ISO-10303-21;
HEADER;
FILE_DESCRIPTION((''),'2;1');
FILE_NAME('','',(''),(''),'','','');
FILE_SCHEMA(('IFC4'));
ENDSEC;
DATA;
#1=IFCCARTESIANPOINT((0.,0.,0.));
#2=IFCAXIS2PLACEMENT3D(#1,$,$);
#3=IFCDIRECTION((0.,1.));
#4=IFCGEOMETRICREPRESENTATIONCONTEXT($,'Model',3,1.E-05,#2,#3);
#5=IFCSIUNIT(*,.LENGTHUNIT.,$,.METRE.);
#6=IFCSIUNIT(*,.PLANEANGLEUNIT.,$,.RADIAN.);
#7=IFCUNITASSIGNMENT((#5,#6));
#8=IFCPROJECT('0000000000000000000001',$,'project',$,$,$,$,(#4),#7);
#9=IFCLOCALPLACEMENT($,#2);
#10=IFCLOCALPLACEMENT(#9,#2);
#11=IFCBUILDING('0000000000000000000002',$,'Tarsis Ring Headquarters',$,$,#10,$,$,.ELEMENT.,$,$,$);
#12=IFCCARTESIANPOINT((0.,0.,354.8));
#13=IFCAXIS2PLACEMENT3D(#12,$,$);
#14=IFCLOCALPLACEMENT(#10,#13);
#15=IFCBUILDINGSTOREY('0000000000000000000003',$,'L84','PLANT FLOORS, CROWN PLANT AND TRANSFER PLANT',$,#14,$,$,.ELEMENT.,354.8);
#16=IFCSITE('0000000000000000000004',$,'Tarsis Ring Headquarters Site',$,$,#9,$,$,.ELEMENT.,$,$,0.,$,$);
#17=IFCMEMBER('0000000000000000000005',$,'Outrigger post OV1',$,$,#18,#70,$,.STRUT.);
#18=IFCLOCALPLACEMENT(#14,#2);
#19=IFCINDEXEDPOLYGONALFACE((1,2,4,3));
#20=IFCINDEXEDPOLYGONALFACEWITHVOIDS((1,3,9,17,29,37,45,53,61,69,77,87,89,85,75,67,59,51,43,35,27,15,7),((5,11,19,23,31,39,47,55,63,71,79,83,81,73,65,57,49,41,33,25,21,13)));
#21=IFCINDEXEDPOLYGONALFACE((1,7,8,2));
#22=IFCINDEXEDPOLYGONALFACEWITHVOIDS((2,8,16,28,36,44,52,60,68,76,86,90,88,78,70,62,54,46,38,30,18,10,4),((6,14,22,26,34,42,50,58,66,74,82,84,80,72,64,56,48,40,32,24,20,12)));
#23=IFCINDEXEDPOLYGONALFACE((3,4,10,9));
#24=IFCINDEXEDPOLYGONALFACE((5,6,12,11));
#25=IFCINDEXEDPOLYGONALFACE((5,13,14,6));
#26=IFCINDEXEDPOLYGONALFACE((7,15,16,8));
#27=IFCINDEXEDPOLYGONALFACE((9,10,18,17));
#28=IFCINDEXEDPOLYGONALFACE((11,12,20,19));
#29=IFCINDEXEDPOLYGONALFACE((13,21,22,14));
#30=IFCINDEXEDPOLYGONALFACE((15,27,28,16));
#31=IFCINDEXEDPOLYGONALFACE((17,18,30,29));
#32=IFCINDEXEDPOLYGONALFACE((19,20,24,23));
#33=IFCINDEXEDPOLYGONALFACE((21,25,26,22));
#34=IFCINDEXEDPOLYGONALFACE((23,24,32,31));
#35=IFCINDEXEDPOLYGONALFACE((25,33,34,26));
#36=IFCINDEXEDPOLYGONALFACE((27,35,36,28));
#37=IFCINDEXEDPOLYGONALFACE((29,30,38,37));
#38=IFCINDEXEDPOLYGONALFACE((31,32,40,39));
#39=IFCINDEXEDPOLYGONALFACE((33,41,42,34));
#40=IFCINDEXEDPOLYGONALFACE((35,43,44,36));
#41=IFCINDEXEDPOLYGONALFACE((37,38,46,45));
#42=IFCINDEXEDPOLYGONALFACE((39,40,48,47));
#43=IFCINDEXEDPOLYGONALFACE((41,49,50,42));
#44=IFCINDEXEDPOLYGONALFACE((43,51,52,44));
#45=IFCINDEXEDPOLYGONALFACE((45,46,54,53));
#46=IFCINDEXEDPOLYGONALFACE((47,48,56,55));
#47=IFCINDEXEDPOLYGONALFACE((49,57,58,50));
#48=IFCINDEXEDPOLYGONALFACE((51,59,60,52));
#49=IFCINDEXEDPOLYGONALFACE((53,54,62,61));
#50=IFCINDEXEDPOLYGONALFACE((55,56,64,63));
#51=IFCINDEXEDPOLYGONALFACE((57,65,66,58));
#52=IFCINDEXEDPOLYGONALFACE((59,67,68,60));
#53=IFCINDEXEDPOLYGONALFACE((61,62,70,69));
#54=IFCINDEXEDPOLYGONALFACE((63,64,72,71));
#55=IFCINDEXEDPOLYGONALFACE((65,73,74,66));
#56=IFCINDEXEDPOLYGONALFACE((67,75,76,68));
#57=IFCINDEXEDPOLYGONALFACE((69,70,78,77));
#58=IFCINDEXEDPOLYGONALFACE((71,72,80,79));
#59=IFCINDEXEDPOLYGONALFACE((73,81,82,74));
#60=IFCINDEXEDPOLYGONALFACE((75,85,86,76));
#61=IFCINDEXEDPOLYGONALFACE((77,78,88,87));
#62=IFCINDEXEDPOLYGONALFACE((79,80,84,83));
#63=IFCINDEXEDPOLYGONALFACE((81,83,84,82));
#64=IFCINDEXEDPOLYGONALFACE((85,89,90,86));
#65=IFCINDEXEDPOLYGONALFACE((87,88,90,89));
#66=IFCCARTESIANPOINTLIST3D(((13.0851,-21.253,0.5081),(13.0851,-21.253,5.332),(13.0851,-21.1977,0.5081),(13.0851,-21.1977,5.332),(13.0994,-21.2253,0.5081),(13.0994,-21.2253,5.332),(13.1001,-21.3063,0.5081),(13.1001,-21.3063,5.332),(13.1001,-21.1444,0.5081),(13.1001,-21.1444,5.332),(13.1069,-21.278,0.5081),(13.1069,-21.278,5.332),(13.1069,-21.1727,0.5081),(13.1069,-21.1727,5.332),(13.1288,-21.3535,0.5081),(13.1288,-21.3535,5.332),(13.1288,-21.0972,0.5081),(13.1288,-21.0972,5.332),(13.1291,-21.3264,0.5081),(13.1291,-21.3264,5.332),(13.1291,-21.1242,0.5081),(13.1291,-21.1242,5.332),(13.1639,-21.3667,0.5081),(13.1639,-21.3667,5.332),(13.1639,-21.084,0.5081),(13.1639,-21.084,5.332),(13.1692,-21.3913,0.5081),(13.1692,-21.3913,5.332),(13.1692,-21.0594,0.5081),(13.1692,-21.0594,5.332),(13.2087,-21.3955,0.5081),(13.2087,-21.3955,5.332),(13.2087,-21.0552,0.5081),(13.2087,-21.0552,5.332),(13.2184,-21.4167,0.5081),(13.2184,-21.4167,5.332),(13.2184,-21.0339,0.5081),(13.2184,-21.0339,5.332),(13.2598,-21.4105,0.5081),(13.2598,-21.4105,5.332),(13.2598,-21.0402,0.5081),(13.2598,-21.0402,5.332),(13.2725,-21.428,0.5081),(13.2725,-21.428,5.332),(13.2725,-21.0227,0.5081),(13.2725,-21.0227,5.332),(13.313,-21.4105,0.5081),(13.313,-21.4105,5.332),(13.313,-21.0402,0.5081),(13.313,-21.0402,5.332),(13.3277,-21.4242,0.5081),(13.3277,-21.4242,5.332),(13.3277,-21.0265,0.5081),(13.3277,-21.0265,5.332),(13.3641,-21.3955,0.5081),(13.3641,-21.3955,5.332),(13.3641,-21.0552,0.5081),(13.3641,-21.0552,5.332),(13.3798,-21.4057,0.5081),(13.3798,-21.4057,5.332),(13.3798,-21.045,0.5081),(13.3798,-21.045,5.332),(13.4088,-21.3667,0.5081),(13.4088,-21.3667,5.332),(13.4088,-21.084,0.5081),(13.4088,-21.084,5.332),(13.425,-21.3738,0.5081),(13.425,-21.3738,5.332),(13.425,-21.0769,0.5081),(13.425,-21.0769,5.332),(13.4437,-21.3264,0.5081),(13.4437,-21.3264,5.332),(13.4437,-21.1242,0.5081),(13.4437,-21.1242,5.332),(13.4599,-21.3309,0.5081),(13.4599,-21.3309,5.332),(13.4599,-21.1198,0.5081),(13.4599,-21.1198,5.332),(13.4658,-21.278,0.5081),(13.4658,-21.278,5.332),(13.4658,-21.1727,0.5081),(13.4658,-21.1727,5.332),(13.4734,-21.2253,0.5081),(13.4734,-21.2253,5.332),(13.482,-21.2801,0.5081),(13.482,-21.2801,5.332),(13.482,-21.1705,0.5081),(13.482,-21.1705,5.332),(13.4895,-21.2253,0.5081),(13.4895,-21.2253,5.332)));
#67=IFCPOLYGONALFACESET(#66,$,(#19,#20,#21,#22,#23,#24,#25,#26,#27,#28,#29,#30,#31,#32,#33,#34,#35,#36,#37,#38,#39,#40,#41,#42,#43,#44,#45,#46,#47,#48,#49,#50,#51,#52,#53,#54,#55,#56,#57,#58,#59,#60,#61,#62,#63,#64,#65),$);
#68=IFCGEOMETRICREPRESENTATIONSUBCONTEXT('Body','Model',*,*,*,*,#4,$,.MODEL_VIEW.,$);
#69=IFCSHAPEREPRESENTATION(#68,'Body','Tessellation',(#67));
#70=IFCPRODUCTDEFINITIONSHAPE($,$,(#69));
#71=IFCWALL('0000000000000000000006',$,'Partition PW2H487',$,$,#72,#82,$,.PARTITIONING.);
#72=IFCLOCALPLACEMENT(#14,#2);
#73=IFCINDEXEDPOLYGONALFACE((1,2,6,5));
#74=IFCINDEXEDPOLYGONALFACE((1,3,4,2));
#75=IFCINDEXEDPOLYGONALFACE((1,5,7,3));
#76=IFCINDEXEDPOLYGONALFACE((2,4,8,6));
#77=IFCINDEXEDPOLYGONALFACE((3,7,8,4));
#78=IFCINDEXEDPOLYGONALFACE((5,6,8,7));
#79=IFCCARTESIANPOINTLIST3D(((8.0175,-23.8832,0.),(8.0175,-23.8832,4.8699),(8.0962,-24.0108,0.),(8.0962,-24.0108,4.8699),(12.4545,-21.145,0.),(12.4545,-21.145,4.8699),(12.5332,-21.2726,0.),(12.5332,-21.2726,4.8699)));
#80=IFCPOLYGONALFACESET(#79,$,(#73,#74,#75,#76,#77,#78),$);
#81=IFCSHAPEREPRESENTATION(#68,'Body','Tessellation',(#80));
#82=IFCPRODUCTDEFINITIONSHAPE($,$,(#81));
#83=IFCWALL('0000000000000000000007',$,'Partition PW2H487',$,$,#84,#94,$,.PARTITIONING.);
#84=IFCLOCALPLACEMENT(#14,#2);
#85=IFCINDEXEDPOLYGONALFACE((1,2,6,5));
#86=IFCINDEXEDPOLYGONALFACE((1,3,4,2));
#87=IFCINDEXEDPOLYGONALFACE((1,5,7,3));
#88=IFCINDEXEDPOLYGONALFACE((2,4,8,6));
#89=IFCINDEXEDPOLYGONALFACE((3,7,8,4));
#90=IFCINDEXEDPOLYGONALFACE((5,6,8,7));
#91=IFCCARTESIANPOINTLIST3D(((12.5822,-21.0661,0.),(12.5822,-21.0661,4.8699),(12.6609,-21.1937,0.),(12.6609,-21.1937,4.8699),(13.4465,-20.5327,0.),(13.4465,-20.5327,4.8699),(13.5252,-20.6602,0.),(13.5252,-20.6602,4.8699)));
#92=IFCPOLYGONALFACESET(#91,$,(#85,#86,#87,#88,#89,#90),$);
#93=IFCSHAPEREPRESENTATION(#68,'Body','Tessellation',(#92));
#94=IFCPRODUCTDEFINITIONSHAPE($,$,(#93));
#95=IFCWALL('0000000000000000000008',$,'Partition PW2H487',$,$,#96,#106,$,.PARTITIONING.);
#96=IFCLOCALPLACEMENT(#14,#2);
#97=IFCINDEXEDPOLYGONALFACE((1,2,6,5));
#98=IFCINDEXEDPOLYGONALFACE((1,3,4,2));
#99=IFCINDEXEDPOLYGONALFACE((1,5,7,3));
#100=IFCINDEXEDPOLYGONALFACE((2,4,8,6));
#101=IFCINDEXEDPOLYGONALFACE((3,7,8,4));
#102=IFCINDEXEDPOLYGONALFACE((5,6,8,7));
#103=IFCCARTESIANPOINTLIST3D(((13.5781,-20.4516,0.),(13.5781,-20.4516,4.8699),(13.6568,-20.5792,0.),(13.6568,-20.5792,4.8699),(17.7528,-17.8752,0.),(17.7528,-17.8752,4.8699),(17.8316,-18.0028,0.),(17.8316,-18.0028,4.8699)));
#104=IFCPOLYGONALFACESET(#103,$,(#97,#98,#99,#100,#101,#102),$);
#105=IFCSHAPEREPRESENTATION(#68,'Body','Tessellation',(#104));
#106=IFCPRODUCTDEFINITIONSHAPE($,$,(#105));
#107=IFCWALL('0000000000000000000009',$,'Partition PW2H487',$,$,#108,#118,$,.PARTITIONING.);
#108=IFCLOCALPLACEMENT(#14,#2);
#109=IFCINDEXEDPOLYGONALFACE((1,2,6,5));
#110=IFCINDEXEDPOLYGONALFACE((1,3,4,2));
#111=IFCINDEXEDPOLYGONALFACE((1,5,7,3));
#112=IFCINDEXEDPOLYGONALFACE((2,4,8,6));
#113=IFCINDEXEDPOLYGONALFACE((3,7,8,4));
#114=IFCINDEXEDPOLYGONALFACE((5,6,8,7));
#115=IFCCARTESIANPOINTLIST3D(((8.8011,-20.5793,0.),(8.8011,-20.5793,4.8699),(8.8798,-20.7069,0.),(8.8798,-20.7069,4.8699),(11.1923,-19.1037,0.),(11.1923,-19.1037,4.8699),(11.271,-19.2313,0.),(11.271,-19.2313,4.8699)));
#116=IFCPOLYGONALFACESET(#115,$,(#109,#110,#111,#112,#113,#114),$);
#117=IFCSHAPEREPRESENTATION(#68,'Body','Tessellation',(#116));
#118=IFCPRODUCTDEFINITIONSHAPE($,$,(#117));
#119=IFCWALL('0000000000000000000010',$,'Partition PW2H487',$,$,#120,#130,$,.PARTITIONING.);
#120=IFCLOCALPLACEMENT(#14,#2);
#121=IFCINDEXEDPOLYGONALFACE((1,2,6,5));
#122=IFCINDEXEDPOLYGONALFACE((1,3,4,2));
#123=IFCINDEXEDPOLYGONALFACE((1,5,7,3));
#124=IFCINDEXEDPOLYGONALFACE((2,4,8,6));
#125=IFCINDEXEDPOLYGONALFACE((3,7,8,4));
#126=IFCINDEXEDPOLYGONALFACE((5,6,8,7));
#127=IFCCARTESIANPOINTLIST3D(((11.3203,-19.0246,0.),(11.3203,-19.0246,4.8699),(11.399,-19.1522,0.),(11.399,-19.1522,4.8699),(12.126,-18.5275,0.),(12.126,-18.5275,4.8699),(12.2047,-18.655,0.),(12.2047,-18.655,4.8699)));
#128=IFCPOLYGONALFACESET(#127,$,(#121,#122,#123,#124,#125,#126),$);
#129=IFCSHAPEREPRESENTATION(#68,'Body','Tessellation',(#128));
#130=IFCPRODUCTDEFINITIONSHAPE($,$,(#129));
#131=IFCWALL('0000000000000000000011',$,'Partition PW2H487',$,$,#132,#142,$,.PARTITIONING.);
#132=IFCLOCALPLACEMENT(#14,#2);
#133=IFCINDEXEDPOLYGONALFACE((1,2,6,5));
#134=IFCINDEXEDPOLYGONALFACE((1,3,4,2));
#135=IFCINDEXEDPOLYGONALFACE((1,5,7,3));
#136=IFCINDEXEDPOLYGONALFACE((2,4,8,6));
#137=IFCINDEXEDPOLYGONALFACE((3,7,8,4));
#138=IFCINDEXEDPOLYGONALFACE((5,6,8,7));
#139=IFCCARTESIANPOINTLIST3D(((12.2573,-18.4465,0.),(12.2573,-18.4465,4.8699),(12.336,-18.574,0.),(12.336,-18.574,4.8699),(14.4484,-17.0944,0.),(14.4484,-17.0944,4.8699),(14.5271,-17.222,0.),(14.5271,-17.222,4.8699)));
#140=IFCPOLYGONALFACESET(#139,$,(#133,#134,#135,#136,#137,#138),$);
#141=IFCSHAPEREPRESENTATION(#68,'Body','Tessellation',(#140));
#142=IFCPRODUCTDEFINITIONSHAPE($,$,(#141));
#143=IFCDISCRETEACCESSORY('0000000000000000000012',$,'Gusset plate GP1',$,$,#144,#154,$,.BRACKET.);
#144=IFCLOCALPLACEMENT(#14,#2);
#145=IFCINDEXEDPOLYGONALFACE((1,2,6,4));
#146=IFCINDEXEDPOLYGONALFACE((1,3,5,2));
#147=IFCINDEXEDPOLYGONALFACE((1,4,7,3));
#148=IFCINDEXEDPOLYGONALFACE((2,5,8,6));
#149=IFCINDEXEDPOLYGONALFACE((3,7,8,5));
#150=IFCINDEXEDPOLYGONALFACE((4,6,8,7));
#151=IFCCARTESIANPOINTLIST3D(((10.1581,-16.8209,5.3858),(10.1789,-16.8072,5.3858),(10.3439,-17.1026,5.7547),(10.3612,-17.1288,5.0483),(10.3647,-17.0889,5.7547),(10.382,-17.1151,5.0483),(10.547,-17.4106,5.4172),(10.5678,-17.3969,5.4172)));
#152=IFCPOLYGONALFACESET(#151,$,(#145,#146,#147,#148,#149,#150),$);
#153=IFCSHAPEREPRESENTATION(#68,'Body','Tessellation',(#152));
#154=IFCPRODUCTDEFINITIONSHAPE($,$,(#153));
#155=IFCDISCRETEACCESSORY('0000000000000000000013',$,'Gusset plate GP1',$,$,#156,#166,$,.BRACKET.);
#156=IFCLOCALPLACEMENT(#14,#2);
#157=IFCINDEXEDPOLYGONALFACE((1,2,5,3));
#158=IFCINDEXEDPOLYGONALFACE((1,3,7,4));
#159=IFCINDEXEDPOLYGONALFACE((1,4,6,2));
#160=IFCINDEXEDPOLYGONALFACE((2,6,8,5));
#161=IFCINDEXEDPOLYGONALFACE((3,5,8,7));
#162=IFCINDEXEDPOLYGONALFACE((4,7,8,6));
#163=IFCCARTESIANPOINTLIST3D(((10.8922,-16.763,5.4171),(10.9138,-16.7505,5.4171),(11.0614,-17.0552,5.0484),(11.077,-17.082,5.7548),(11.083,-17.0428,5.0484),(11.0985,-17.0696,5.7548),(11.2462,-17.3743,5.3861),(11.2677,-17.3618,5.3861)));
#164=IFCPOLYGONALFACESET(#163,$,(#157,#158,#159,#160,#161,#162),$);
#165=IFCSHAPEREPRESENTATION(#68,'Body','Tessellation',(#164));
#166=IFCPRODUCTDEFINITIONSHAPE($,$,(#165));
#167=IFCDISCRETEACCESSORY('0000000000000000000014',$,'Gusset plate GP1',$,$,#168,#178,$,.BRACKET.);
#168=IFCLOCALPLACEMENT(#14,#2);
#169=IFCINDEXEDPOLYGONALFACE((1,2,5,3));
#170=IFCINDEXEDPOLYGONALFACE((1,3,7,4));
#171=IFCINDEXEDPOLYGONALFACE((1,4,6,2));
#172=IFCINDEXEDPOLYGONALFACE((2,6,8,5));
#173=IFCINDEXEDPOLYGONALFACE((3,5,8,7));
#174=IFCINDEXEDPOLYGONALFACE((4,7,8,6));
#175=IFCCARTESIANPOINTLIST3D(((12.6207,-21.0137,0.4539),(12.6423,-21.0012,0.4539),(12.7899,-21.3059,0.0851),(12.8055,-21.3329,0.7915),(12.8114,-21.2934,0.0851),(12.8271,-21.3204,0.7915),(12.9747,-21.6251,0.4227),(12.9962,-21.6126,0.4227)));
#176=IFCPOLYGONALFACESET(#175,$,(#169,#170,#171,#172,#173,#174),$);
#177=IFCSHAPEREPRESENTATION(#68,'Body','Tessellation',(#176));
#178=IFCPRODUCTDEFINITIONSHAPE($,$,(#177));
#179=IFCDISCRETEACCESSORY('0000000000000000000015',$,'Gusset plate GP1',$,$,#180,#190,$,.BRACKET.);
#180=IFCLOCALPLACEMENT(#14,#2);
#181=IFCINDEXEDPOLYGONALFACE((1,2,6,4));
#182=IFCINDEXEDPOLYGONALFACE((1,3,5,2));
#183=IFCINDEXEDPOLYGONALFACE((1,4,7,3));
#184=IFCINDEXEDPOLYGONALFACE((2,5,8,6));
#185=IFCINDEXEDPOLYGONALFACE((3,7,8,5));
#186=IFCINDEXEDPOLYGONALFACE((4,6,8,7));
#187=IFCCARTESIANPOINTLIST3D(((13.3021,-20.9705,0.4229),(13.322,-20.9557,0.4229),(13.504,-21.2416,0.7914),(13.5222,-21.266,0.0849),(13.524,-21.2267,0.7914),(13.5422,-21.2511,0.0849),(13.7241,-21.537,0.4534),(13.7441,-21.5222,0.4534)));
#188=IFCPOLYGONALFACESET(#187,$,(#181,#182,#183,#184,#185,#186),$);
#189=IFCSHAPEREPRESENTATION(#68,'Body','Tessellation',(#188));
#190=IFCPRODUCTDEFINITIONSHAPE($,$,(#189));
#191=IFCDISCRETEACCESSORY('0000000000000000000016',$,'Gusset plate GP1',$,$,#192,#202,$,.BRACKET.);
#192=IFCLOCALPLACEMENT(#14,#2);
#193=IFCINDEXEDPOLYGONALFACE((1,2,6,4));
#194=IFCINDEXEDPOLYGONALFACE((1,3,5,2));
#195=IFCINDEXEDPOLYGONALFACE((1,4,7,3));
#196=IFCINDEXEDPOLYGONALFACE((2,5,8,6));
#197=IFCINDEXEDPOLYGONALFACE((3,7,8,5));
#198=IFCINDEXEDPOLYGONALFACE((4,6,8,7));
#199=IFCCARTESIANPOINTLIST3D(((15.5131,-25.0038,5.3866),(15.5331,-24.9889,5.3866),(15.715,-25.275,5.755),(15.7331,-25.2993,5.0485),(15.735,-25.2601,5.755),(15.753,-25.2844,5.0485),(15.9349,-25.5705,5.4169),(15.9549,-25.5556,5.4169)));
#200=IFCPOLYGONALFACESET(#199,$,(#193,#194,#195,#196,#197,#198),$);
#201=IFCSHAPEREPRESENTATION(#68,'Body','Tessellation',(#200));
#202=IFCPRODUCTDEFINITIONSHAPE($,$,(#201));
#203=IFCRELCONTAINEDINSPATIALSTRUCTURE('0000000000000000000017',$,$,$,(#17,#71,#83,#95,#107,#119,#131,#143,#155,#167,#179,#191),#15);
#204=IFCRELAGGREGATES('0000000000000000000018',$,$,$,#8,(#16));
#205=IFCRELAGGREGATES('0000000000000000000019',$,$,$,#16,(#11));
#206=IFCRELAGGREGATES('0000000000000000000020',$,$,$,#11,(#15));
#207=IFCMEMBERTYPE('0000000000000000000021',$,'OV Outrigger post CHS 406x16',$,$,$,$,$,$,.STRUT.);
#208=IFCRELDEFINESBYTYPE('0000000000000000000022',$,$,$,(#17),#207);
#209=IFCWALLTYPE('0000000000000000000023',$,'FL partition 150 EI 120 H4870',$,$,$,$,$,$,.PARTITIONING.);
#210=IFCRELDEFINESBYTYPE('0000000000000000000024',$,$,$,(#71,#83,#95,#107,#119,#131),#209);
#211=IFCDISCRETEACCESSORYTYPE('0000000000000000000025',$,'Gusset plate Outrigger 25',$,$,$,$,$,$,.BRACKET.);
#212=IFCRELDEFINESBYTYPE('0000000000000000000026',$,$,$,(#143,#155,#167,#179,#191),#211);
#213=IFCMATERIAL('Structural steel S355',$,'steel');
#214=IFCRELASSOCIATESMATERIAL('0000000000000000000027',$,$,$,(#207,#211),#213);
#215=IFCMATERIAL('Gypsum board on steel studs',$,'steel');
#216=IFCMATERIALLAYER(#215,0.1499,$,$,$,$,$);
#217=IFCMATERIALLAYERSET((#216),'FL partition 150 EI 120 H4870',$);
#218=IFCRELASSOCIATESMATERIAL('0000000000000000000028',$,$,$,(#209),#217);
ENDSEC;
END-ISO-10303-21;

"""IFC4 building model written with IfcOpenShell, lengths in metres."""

from ifc_helpers import new_model, si_unit, direction, frame, frame_2d, origin, origin_2d, place, context, subcontext, project, spatial, rectangle, hollow_circle, extrude, material, layer, layer_set, material_profile, profile_set, type_object, element, save


model = new_model("IFC4")

# Units and contexts
model_context = context("Model", 3, precision=1e-05, world=origin(), true_north=direction((0.0, 1.0)))
body_context = subcontext(model_context, "Body", "Model", "MODEL_VIEW")
ifc_project = project(units=[si_unit("LENGTHUNIT", "METRE"), si_unit("PLANEANGLEUNIT", "RADIAN")], contexts=[model_context])

# Site, building, storey
site_placement = place(None, origin())
site = spatial("IfcSite", under=ifc_project, at=site_placement, Name="Tarsis Ring Headquarters Site", CompositionType="ELEMENT", RefElevation=0.0)
building_placement = place(site_placement, origin())
building = spatial("IfcBuilding", under=site, at=building_placement, Name="Tarsis Ring Headquarters", CompositionType="ELEMENT")
storey_placement = place(building_placement, frame((0.0, 0.0, 354.8)))
storey = spatial("IfcBuildingStorey", under=building, at=storey_placement, Name="L84", Description="PLANT FLOORS, CROWN PLANT AND TRANSFER PLANT", CompositionType="ELEMENT", Elevation=354.8)

# Member
ifc_material_1 = material(Name="Structural steel S355", Category="steel")
ifc_material_profile_1 = material_profile(ifc_material_1, hollow_circle(Radius=0.2031, WallThickness=0.0161, at=origin_2d()), Name="CHS 406x16")
ifc_profile_set_1 = profile_set([ifc_material_profile_1], Name="Structural steel S355")
member_type_1 = type_object("IfcMemberType", Name="OV Outrigger post CHS 406x16", PredefinedType="STRUT", material=ifc_profile_set_1)
for number, where, z_axis, x_axis, name in (
    (1, (13.2864, -21.2253, 0.5081), (0.0, 0.0, 1.0), (1.0, 0.0, 0.0), "Outrigger post OV1"),
):
    element("IfcMember", number, at=place(storey_placement, frame(where, z_axis=z_axis, x_axis=x_axis)), inside=storey, type_object=member_type_1, Name=name, PredefinedType="STRUT", context=body_context, shape_type="SweptSolid", body=[
        extrude(hollow_circle(Radius=0.2031, WallThickness=0.0161, at=origin_2d()), origin(), (0.0, 0.0, 1.0), 4.824),
    ])

# Walls
ifc_material_2 = material(Name="Gypsum board on steel studs", Category="steel")
ifc_layer = layer(ifc_material_2, 0.1499)
ifc_layer_set = layer_set([ifc_layer], Name="FL partition 150 EI 120 H4870")
wall_type = type_object("IfcWallType", Name="FL partition 150 EI 120 H4870", PredefinedType="PARTITIONING", material=ifc_layer_set)
wall_1_placement = place(storey_placement, frame((8.0569, -23.947, 0.0), z_axis=(0.0, 0.0, 1.0), x_axis=(0.850989, 0.525184, 0.0)))
element("IfcWall", 2, at=wall_1_placement, inside=storey, type_object=wall_type, Name="Partition PW2H487", PredefinedType="PARTITIONING", context=body_context, shape_type="SweptSolid", body=[
    extrude(rectangle(XDim=5.2139, YDim=0.1499, at=frame_2d((2.6069, 0.0))), origin(), (0.0, 0.0, 1.0), 4.8699),
])
wall_2_placement = place(storey_placement, frame((12.6216, -21.1299, 0.0), z_axis=(0.0, 0.0, 1.0), x_axis=(0.850956, 0.525237, 0.0)))
element("IfcWall", 3, at=wall_2_placement, inside=storey, type_object=wall_type, Name="Partition PW2H487", PredefinedType="PARTITIONING", context=body_context, shape_type="SweptSolid", body=[
    extrude(rectangle(XDim=1.0156, YDim=0.1499, at=frame_2d((0.5078, 0.0))), origin(), (0.0, 0.0, 1.0), 4.8699),
])
wall_3_placement = place(storey_placement, frame((13.6174, -20.5154, 0.0), z_axis=(0.0, 0.0, 1.0), x_axis=(0.850993, 0.525177, 0.0)))
element("IfcWall", 4, at=wall_3_placement, inside=storey, type_object=wall_type, Name="Partition PW2H487", PredefinedType="PARTITIONING", context=body_context, shape_type="SweptSolid", body=[
    extrude(rectangle(XDim=4.9058, YDim=0.1499, at=frame_2d((2.4529, 0.0))), origin(), (0.0, 0.0, 1.0), 4.8699),
])
wall_4_placement = place(storey_placement, frame((8.8406, -20.6431, 0.0), z_axis=(0.0, 0.0, 1.0), x_axis=(0.851001, 0.525164, 0.0)))
element("IfcWall", 5, at=wall_4_placement, inside=storey, type_object=wall_type, Name="Partition PW2H487", PredefinedType="PARTITIONING", context=body_context, shape_type="SweptSolid", body=[
    extrude(rectangle(XDim=2.8098, YDim=0.1499, at=frame_2d((1.4048, 0.0))), origin(), (0.0, 0.0, 1.0), 4.8699),
])
wall_5_placement = place(storey_placement, frame((11.3596, -19.0884, 0.0), z_axis=(0.0, 0.0, 1.0), x_axis=(0.851056, 0.525076, 0.0)))
element("IfcWall", 6, at=wall_5_placement, inside=storey, type_object=wall_type, Name="Partition PW2H487", PredefinedType="PARTITIONING", context=body_context, shape_type="SweptSolid", body=[
    extrude(rectangle(XDim=0.9468, YDim=0.1499, at=frame_2d((0.4734, 0.0))), origin(), (0.0, 0.0, 1.0), 4.8699),
])
wall_6_placement = place(storey_placement, frame((12.2966, -18.5103, 0.0), z_axis=(0.0, 0.0, 1.0), x_axis=(0.851026, 0.525123, 0.0)))
element("IfcWall", 7, at=wall_6_placement, inside=storey, type_object=wall_type, Name="Partition PW2H487", PredefinedType="PARTITIONING", context=body_context, shape_type="SweptSolid", body=[
    extrude(rectangle(XDim=2.5747, YDim=0.1499, at=frame_2d((1.2874, 0.0))), origin(), (0.0, 0.0, 1.0), 4.8699),
])

# Discrete accessories
ifc_material_profile_2 = material_profile(ifc_material_1, rectangle(XDim=0.0249, YDim=0.5, at=origin_2d()), Name="PL 25x500")
ifc_profile_set_2 = profile_set([ifc_material_profile_2], Name="Structural steel S355")
discrete_accessory_type_1 = type_object("IfcDiscreteAccessoryType", Name="Gusset plate Outrigger 25", PredefinedType="BRACKET", material=ifc_profile_set_2)
for number, where, z_axis, x_axis, name in (
    (8, (10.4558, -17.2498, 5.5859), (-0.371597, 0.5635, -0.737823), (-0.834822, -0.55052, 0.0), "Gusset plate GP1"),
    (9, (10.9954, -16.9163, 5.5859), (0.338425, -0.584553, -0.737405), (0.865426, 0.501036, 0.0), "Gusset plate GP1"),
    (10, (12.8931, -21.4592, 0.2539), (-0.338303, 0.584342, 0.737628), (-0.865426, -0.501036, 0.0), "Gusset plate GP1"),
    (11, (13.4221, -21.1108, 0.2539), (0.403866, -0.542069, 0.736921), (0.801903, 0.597454, 0.0), "Gusset plate GP1"),
    (12, (15.835, -25.4153, 5.5859), (-0.403759, 0.542414, -0.736726), (-0.802161, -0.597108, 0.0), "Gusset plate GP1"),
):
    element("IfcDiscreteAccessory", number, at=place(storey_placement, frame(where, z_axis=z_axis, x_axis=x_axis)), inside=storey, type_object=discrete_accessory_type_1, Name=name, PredefinedType="BRACKET", context=body_context, shape_type="SweptSolid", body=[
        extrude(rectangle(XDim=0.0249, YDim=0.5, at=origin_2d()), origin(), (0.0, 0.0, 1.0), 0.5),
    ])

save(model, "model.ifc")
